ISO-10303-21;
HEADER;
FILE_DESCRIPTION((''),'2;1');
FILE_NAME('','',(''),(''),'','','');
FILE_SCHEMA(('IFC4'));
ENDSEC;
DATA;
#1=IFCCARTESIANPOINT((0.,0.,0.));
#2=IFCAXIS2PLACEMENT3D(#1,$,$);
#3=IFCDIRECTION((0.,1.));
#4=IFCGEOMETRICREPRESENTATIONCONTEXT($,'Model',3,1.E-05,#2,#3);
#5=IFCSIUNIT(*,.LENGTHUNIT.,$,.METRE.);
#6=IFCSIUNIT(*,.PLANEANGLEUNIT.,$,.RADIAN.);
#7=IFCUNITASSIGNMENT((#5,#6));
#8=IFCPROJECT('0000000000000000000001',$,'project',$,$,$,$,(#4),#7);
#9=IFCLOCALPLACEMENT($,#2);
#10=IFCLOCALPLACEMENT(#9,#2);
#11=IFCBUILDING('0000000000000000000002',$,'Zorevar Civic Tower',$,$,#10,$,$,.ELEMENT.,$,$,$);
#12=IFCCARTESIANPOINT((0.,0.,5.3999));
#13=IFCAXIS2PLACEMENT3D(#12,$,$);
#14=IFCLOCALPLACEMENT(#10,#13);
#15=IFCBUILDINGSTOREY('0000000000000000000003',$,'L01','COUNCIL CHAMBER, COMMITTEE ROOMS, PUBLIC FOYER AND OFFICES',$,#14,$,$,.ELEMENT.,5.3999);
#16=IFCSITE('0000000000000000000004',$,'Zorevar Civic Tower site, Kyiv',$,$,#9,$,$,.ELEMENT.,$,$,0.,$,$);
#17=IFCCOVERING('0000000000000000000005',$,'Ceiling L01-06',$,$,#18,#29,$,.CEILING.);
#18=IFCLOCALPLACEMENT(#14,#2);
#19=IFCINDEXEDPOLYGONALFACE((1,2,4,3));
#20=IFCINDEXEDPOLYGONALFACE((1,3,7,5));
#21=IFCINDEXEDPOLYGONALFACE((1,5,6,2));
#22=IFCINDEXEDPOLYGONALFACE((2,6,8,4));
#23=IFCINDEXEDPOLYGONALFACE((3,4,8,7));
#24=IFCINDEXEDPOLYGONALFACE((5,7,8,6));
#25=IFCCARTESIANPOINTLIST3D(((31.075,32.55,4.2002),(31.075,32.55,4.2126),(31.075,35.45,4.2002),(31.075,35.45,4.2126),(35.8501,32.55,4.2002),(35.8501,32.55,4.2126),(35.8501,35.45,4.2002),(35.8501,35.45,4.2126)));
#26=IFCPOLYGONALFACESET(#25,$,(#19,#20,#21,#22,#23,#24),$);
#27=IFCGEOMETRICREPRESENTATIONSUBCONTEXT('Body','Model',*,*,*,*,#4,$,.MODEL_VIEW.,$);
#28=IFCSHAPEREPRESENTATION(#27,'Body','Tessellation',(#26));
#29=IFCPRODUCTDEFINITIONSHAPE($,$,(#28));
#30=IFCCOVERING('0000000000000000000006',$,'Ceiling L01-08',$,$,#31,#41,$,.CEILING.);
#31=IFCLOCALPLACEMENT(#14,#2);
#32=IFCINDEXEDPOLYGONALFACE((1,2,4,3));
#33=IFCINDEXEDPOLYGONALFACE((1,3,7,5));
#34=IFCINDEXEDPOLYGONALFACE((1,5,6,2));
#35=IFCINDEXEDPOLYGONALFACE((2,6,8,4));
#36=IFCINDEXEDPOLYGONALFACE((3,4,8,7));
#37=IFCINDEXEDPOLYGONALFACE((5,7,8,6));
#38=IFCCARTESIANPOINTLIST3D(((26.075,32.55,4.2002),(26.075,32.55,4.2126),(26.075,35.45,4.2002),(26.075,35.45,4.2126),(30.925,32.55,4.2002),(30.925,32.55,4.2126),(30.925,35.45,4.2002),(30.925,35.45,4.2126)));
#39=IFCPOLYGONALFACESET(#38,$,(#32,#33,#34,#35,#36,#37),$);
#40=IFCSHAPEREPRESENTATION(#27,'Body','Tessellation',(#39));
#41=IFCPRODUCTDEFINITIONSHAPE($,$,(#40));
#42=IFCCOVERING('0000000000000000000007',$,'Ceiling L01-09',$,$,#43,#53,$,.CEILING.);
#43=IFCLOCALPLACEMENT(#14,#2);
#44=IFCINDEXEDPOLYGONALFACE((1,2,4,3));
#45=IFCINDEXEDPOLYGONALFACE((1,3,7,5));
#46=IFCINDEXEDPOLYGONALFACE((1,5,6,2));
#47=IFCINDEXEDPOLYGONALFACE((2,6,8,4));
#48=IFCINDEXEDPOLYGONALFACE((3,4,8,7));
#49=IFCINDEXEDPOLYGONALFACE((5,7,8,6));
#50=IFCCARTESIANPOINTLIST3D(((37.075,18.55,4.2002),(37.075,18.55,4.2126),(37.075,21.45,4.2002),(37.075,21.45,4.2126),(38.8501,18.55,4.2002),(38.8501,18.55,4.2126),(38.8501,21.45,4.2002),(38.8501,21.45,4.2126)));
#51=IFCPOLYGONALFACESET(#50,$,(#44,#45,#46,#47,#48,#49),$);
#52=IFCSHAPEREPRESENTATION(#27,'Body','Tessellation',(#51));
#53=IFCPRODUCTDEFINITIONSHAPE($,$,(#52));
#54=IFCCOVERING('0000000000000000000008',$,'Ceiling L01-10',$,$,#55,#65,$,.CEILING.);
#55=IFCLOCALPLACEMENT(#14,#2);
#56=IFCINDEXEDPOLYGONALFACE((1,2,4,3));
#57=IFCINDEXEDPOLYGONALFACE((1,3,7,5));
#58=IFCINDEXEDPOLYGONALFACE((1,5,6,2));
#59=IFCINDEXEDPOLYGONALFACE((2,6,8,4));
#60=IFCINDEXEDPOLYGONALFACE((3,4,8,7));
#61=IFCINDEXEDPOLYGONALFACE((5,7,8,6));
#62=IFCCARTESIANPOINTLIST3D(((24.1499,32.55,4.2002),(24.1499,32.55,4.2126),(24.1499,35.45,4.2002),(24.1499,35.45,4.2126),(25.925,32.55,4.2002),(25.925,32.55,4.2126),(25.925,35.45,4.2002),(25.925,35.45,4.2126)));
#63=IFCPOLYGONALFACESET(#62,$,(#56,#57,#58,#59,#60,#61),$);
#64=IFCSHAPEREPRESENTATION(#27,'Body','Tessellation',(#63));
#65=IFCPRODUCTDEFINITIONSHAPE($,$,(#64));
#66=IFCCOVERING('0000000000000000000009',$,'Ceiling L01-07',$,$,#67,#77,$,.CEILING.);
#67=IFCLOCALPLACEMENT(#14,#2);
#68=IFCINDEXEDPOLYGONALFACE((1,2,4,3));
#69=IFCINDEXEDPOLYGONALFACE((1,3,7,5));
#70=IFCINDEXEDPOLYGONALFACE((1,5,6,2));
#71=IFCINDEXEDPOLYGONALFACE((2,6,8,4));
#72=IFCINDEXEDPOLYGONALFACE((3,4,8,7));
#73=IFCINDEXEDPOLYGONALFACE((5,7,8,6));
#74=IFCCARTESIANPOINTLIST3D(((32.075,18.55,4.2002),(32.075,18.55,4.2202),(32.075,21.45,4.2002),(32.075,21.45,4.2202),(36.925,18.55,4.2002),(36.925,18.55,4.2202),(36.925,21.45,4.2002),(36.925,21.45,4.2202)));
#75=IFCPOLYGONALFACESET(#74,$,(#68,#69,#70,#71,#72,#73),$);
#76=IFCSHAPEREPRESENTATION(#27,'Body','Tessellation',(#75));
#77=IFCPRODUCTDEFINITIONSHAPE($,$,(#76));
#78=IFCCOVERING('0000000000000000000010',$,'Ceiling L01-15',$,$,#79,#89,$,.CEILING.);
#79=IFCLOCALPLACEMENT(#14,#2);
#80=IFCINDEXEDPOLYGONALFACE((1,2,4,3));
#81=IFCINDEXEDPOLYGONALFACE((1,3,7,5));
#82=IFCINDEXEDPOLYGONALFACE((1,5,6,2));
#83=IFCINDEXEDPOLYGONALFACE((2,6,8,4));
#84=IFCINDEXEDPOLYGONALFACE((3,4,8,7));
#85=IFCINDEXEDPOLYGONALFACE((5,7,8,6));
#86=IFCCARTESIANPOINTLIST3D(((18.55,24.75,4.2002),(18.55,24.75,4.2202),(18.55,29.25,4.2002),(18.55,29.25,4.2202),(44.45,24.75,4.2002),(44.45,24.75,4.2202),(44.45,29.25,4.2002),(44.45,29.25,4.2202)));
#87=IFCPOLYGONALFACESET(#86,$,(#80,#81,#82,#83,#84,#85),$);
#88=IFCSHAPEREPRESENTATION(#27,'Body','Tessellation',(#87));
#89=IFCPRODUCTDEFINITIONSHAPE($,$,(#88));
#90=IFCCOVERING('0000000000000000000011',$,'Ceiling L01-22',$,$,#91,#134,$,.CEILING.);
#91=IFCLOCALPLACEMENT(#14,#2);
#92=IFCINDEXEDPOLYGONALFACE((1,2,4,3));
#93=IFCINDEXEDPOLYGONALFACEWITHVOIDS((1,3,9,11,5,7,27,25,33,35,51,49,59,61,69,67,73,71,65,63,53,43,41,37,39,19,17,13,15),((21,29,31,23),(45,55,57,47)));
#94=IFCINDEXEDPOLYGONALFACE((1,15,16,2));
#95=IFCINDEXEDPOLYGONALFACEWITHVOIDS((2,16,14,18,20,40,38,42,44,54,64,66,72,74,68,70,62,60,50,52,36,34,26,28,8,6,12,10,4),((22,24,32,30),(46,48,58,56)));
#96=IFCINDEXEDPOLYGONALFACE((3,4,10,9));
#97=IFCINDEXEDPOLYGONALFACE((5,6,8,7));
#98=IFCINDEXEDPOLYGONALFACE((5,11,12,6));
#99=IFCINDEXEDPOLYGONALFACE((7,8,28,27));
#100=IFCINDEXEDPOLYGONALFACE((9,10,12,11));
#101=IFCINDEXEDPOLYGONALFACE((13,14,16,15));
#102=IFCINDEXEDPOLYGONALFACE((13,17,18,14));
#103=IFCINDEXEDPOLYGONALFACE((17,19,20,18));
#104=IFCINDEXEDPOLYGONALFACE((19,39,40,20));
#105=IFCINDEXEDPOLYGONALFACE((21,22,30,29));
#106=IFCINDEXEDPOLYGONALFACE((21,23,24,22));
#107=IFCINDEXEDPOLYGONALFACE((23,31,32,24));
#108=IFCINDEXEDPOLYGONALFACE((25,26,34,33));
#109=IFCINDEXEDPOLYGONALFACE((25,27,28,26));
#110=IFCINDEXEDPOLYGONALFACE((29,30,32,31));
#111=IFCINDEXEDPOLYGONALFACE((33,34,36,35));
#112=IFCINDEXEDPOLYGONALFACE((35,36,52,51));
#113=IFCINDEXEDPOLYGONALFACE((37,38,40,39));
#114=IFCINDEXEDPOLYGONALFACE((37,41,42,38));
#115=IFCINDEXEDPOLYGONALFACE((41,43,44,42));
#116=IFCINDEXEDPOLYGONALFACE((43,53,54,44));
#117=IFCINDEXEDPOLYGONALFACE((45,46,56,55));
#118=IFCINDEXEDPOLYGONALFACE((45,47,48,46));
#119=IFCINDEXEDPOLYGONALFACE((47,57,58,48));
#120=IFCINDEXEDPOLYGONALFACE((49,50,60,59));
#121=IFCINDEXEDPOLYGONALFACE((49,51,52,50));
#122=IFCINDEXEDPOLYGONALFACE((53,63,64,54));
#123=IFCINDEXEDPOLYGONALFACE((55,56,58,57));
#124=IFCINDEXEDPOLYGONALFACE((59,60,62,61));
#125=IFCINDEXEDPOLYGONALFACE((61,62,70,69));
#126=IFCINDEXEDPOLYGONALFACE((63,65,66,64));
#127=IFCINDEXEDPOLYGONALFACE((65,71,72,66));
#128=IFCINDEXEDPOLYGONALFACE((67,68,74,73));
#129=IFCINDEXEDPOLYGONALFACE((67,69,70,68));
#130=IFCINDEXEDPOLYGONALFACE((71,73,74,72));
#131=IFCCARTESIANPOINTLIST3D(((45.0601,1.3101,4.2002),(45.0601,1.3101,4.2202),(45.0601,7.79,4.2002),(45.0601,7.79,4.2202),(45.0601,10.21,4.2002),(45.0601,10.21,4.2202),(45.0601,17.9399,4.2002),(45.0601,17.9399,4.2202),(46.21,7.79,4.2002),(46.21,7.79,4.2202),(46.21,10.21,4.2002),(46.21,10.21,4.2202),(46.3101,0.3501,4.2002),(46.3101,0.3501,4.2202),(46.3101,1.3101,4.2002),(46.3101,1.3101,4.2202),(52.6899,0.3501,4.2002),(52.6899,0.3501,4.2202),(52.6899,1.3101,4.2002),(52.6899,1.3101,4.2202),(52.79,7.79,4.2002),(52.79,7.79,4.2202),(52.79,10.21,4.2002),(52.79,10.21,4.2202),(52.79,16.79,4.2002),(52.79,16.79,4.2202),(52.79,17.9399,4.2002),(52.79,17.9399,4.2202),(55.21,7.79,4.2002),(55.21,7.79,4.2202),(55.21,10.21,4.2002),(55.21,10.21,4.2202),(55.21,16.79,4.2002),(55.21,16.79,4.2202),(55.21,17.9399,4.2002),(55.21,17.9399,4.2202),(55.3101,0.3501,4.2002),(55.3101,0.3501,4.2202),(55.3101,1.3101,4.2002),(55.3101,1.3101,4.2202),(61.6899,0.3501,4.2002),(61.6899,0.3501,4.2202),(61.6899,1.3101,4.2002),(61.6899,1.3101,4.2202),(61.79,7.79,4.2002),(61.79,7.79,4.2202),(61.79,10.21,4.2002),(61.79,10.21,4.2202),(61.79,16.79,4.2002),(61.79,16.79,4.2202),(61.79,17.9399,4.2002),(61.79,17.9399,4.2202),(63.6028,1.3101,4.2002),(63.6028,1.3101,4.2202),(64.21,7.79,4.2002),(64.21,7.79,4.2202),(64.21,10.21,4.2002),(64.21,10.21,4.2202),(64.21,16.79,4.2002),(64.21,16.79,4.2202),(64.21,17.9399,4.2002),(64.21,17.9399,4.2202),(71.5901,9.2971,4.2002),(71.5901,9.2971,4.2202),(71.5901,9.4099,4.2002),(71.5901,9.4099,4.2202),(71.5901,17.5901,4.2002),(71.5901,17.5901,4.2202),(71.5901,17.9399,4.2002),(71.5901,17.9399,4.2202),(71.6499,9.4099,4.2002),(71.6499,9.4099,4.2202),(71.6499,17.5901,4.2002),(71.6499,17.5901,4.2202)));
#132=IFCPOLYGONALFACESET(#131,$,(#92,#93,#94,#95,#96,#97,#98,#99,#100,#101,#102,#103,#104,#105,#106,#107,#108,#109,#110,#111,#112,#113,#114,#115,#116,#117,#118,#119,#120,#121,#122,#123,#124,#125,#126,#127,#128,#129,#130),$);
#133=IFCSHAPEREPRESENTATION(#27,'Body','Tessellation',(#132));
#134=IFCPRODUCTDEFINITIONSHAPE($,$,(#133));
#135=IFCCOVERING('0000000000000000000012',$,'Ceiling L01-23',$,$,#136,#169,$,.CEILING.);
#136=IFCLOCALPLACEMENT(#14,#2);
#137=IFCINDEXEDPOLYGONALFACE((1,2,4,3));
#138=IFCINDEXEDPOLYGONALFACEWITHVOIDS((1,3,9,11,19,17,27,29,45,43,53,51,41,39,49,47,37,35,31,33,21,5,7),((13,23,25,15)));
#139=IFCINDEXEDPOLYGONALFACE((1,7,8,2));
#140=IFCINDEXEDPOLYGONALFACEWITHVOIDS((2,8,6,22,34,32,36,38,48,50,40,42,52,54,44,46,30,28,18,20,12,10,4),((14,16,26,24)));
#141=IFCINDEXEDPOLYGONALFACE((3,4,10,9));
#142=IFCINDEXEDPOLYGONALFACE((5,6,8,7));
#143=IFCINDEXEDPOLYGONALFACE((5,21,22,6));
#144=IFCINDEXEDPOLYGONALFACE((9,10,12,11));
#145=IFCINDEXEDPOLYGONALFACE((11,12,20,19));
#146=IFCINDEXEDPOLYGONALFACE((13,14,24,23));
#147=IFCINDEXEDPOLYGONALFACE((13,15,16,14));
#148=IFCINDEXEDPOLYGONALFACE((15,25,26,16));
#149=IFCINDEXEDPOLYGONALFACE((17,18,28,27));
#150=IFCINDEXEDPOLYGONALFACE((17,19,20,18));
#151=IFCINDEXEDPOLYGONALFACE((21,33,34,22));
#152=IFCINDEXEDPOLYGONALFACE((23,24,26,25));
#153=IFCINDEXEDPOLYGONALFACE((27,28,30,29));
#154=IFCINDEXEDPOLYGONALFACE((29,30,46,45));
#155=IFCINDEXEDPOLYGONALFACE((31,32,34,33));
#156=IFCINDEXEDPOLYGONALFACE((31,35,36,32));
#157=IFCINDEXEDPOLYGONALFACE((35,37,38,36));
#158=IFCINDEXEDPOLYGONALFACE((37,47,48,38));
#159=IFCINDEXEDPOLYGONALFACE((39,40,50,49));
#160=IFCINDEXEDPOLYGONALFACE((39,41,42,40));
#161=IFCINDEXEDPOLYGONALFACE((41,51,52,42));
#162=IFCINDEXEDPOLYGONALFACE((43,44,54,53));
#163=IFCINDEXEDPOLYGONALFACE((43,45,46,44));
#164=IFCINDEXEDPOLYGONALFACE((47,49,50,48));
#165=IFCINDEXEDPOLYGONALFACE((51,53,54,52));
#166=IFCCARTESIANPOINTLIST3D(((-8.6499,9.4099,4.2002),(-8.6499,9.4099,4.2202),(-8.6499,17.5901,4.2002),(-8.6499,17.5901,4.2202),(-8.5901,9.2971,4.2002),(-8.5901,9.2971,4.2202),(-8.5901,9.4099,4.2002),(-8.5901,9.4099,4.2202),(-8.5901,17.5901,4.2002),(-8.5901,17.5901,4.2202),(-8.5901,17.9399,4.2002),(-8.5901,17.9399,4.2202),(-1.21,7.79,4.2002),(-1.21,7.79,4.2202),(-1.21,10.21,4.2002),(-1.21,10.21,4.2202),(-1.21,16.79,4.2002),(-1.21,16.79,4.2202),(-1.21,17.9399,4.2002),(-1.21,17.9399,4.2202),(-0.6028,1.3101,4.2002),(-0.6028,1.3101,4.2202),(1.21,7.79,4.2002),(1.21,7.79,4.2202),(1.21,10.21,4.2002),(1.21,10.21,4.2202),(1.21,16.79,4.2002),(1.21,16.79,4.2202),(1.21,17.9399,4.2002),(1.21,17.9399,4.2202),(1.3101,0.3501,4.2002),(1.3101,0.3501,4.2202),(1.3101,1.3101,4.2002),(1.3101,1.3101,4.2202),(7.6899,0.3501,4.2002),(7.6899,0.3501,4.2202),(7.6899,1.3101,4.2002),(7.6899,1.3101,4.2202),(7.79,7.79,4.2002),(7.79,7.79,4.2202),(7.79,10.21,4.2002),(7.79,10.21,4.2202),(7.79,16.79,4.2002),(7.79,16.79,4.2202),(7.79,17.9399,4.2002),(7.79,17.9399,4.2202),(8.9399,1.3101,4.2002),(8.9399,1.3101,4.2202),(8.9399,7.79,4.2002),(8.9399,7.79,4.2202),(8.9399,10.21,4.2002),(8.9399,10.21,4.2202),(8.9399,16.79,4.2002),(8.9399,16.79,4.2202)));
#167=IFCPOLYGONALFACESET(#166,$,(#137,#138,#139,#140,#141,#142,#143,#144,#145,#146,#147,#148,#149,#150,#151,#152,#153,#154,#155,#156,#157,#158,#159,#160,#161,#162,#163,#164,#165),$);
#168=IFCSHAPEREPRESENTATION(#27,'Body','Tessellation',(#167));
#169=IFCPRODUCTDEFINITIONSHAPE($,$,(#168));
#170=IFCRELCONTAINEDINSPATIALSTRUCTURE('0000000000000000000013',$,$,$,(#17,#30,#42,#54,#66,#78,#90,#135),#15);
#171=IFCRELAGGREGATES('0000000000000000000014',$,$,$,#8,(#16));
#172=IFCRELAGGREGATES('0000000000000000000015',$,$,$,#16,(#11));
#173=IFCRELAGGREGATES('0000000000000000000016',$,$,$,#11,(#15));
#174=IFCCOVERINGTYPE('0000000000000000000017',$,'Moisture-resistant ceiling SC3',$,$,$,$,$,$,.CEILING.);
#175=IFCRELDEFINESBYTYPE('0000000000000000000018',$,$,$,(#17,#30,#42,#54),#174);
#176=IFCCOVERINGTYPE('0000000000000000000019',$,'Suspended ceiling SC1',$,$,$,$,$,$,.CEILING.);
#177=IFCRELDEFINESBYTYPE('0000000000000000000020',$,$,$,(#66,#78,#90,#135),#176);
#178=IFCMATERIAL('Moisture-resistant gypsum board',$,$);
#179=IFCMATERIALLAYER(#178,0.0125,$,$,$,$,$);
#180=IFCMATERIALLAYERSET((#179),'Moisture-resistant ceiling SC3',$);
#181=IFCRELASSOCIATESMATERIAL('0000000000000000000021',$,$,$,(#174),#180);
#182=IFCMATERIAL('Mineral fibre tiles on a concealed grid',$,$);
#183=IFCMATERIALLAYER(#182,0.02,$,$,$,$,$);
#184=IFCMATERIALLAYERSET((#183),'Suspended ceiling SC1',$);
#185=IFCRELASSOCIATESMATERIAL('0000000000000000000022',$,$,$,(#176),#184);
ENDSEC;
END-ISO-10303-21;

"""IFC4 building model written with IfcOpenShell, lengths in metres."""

from ifc_helpers import new_model, si_unit, direction, frame, origin, place, context, subcontext, project, spatial, polyline, outline, extrude, material, layer, layer_set, type_object, element, save


model = new_model("IFC4")

# Units and contexts
model_context = context("Model", 3, precision=1e-05, world=origin(), true_north=direction((0.0, 1.0)))
body_context = subcontext(model_context, "Body", "Model", "MODEL_VIEW")
ifc_project = project(units=[si_unit("LENGTHUNIT", "METRE"), si_unit("PLANEANGLEUNIT", "RADIAN")], contexts=[model_context])

# Site, building, storey
site_placement = place(None, origin())
site = spatial("IfcSite", under=ifc_project, at=site_placement, Name="Zorevar Civic Tower site, Kyiv", CompositionType="ELEMENT", RefElevation=0.0)
building_placement = place(site_placement, origin())
building = spatial("IfcBuilding", under=site, at=building_placement, Name="Zorevar Civic Tower", CompositionType="ELEMENT")
storey_placement = place(building_placement, frame((0.0, 0.0, 5.3999)))
storey = spatial("IfcBuildingStorey", under=building, at=storey_placement, Name="L01", Description="COUNCIL CHAMBER, COMMITTEE ROOMS, PUBLIC FOYER AND OFFICES", CompositionType="ELEMENT", Elevation=5.3999)

# Coverings
ifc_material_1 = material(Name="Moisture-resistant gypsum board")
ifc_layer_1 = layer(ifc_material_1, 0.0125)
ifc_layer_set_1 = layer_set([ifc_layer_1], Name="Moisture-resistant ceiling SC3")
covering_type_1 = type_object("IfcCoveringType", Name="Moisture-resistant ceiling SC3", PredefinedType="CEILING", material=ifc_layer_set_1)
covering_1_placement = place(storey_placement, frame((0.0, 0.0, 4.2002)))
element("IfcCovering", 1, at=covering_1_placement, inside=storey, type_object=covering_type_1, Name="Ceiling L01-06", PredefinedType="CEILING", context=body_context, shape_type="SweptSolid", body=[
    extrude(outline(polyline([(35.8501, 32.55), (35.8501, 35.45), (31.075, 35.45), (31.075, 32.55), (35.8501, 32.55)])), origin(), (0.0, 0.0, 1.0), 0.0125),
])
covering_2_placement = place(storey_placement, frame((0.0, 0.0, 4.2002)))
element("IfcCovering", 2, at=covering_2_placement, inside=storey, type_object=covering_type_1, Name="Ceiling L01-08", PredefinedType="CEILING", context=body_context, shape_type="SweptSolid", body=[
    extrude(outline(polyline([(30.925, 32.55), (30.925, 35.45), (26.075, 35.45), (26.075, 32.55), (30.925, 32.55)])), origin(), (0.0, 0.0, 1.0), 0.0125),
])
covering_3_placement = place(storey_placement, frame((0.0, 0.0, 4.2002)))
element("IfcCovering", 3, at=covering_3_placement, inside=storey, type_object=covering_type_1, Name="Ceiling L01-09", PredefinedType="CEILING", context=body_context, shape_type="SweptSolid", body=[
    extrude(outline(polyline([(38.8501, 18.55), (38.8501, 21.45), (37.075, 21.45), (37.075, 18.55), (38.8501, 18.55)])), origin(), (0.0, 0.0, 1.0), 0.0125),
])
covering_4_placement = place(storey_placement, frame((0.0, 0.0, 4.2002)))
element("IfcCovering", 4, at=covering_4_placement, inside=storey, type_object=covering_type_1, Name="Ceiling L01-10", PredefinedType="CEILING", context=body_context, shape_type="SweptSolid", body=[
    extrude(outline(polyline([(25.925, 32.55), (25.925, 35.45), (24.1499, 35.45), (24.1499, 32.55), (25.925, 32.55)])), origin(), (0.0, 0.0, 1.0), 0.0125),
])
ifc_material_2 = material(Name="Mineral fibre tiles on a concealed grid")
ifc_layer_2 = layer(ifc_material_2, 0.02)
ifc_layer_set_2 = layer_set([ifc_layer_2], Name="Suspended ceiling SC1")
covering_type_2 = type_object("IfcCoveringType", Name="Suspended ceiling SC1", PredefinedType="CEILING", material=ifc_layer_set_2)
covering_5_placement = place(storey_placement, frame((0.0, 0.0, 4.2002)))
element("IfcCovering", 5, at=covering_5_placement, inside=storey, type_object=covering_type_2, Name="Ceiling L01-07", PredefinedType="CEILING", context=body_context, shape_type="SweptSolid", body=[
    extrude(outline(polyline([(36.925, 18.55), (36.925, 21.45), (32.075, 21.45), (32.075, 18.55), (36.925, 18.55)])), origin(), (0.0, 0.0, 1.0), 0.02),
])
covering_6_placement = place(storey_placement, frame((0.0, 0.0, 4.2002)))
element("IfcCovering", 6, at=covering_6_placement, inside=storey, type_object=covering_type_2, Name="Ceiling L01-15", PredefinedType="CEILING", context=body_context, shape_type="SweptSolid", body=[
    extrude(outline(polyline([(44.45, 24.75), (44.45, 29.25), (18.55, 29.25), (18.55, 24.75), (44.45, 24.75)])), origin(), (0.0, 0.0, 1.0), 0.02),
])
covering_7_placement = place(storey_placement, frame((0.0, 0.0, 4.2002)))
element("IfcCovering", 7, at=covering_7_placement, inside=storey, type_object=covering_type_2, Name="Ceiling L01-22", PredefinedType="CEILING", context=body_context, shape_type="SweptSolid", body=[
    extrude(outline(polyline([(46.3101, 1.3101), (45.0601, 1.3101), (45.0601, 7.79), (46.21, 7.79), (46.21, 10.21), (45.0601, 10.21), (45.0601, 17.9399), (52.79, 17.9399), (52.79, 16.79), (55.21, 16.79), (55.21, 17.9399), (61.79, 17.9399), (61.79, 16.79), (64.21, 16.79), (64.21, 17.9399), (71.5901, 17.9399), (71.5901, 17.5901), (71.6499, 17.5901), (71.6499, 9.4099), (71.5901, 9.4099), (71.5901, 9.2971), (63.6028, 1.3101), (61.6899, 1.3101), (61.6899, 0.3501), (55.3101, 0.3501), (55.3101, 1.3101), (52.6899, 1.3101), (52.6899, 0.3501), (46.3101, 0.3501), (46.3101, 1.3101)]), holes=[polyline([(55.21, 7.79), (55.21, 10.21), (52.79, 10.21), (52.79, 7.79), (55.21, 7.79)]), polyline([(64.21, 10.21), (61.79, 10.21), (61.79, 7.79), (64.21, 7.79), (64.21, 10.21)])]), origin(), (0.0, 0.0, 1.0), 0.02),
])
covering_8_placement = place(storey_placement, frame((0.0, 0.0, 4.2002)))
element("IfcCovering", 8, at=covering_8_placement, inside=storey, type_object=covering_type_2, Name="Ceiling L01-23", PredefinedType="CEILING", context=body_context, shape_type="SweptSolid", body=[
    extrude(outline(polyline([(-8.5901, 17.9399), (-1.21, 17.9399), (-1.21, 16.79), (1.21, 16.79), (1.21, 17.9399), (7.79, 17.9399), (7.79, 16.79), (8.9399, 16.79), (8.9399, 10.21), (7.79, 10.21), (7.79, 7.79), (8.9399, 7.79), (8.9399, 1.3101), (7.6899, 1.3101), (7.6899, 0.3501), (1.3101, 0.3501), (1.3101, 1.3101), (-0.6028, 1.3101), (-8.5901, 9.2971), (-8.5901, 9.4099), (-8.6499, 9.4099), (-8.6499, 17.5901), (-8.5901, 17.5901), (-8.5901, 17.9399)]), holes=[polyline([(-1.21, 10.21), (-1.21, 7.79), (1.21, 7.79), (1.21, 10.21), (-1.21, 10.21)])]), origin(), (0.0, 0.0, 1.0), 0.02),
])

save(model, "model.ifc")
